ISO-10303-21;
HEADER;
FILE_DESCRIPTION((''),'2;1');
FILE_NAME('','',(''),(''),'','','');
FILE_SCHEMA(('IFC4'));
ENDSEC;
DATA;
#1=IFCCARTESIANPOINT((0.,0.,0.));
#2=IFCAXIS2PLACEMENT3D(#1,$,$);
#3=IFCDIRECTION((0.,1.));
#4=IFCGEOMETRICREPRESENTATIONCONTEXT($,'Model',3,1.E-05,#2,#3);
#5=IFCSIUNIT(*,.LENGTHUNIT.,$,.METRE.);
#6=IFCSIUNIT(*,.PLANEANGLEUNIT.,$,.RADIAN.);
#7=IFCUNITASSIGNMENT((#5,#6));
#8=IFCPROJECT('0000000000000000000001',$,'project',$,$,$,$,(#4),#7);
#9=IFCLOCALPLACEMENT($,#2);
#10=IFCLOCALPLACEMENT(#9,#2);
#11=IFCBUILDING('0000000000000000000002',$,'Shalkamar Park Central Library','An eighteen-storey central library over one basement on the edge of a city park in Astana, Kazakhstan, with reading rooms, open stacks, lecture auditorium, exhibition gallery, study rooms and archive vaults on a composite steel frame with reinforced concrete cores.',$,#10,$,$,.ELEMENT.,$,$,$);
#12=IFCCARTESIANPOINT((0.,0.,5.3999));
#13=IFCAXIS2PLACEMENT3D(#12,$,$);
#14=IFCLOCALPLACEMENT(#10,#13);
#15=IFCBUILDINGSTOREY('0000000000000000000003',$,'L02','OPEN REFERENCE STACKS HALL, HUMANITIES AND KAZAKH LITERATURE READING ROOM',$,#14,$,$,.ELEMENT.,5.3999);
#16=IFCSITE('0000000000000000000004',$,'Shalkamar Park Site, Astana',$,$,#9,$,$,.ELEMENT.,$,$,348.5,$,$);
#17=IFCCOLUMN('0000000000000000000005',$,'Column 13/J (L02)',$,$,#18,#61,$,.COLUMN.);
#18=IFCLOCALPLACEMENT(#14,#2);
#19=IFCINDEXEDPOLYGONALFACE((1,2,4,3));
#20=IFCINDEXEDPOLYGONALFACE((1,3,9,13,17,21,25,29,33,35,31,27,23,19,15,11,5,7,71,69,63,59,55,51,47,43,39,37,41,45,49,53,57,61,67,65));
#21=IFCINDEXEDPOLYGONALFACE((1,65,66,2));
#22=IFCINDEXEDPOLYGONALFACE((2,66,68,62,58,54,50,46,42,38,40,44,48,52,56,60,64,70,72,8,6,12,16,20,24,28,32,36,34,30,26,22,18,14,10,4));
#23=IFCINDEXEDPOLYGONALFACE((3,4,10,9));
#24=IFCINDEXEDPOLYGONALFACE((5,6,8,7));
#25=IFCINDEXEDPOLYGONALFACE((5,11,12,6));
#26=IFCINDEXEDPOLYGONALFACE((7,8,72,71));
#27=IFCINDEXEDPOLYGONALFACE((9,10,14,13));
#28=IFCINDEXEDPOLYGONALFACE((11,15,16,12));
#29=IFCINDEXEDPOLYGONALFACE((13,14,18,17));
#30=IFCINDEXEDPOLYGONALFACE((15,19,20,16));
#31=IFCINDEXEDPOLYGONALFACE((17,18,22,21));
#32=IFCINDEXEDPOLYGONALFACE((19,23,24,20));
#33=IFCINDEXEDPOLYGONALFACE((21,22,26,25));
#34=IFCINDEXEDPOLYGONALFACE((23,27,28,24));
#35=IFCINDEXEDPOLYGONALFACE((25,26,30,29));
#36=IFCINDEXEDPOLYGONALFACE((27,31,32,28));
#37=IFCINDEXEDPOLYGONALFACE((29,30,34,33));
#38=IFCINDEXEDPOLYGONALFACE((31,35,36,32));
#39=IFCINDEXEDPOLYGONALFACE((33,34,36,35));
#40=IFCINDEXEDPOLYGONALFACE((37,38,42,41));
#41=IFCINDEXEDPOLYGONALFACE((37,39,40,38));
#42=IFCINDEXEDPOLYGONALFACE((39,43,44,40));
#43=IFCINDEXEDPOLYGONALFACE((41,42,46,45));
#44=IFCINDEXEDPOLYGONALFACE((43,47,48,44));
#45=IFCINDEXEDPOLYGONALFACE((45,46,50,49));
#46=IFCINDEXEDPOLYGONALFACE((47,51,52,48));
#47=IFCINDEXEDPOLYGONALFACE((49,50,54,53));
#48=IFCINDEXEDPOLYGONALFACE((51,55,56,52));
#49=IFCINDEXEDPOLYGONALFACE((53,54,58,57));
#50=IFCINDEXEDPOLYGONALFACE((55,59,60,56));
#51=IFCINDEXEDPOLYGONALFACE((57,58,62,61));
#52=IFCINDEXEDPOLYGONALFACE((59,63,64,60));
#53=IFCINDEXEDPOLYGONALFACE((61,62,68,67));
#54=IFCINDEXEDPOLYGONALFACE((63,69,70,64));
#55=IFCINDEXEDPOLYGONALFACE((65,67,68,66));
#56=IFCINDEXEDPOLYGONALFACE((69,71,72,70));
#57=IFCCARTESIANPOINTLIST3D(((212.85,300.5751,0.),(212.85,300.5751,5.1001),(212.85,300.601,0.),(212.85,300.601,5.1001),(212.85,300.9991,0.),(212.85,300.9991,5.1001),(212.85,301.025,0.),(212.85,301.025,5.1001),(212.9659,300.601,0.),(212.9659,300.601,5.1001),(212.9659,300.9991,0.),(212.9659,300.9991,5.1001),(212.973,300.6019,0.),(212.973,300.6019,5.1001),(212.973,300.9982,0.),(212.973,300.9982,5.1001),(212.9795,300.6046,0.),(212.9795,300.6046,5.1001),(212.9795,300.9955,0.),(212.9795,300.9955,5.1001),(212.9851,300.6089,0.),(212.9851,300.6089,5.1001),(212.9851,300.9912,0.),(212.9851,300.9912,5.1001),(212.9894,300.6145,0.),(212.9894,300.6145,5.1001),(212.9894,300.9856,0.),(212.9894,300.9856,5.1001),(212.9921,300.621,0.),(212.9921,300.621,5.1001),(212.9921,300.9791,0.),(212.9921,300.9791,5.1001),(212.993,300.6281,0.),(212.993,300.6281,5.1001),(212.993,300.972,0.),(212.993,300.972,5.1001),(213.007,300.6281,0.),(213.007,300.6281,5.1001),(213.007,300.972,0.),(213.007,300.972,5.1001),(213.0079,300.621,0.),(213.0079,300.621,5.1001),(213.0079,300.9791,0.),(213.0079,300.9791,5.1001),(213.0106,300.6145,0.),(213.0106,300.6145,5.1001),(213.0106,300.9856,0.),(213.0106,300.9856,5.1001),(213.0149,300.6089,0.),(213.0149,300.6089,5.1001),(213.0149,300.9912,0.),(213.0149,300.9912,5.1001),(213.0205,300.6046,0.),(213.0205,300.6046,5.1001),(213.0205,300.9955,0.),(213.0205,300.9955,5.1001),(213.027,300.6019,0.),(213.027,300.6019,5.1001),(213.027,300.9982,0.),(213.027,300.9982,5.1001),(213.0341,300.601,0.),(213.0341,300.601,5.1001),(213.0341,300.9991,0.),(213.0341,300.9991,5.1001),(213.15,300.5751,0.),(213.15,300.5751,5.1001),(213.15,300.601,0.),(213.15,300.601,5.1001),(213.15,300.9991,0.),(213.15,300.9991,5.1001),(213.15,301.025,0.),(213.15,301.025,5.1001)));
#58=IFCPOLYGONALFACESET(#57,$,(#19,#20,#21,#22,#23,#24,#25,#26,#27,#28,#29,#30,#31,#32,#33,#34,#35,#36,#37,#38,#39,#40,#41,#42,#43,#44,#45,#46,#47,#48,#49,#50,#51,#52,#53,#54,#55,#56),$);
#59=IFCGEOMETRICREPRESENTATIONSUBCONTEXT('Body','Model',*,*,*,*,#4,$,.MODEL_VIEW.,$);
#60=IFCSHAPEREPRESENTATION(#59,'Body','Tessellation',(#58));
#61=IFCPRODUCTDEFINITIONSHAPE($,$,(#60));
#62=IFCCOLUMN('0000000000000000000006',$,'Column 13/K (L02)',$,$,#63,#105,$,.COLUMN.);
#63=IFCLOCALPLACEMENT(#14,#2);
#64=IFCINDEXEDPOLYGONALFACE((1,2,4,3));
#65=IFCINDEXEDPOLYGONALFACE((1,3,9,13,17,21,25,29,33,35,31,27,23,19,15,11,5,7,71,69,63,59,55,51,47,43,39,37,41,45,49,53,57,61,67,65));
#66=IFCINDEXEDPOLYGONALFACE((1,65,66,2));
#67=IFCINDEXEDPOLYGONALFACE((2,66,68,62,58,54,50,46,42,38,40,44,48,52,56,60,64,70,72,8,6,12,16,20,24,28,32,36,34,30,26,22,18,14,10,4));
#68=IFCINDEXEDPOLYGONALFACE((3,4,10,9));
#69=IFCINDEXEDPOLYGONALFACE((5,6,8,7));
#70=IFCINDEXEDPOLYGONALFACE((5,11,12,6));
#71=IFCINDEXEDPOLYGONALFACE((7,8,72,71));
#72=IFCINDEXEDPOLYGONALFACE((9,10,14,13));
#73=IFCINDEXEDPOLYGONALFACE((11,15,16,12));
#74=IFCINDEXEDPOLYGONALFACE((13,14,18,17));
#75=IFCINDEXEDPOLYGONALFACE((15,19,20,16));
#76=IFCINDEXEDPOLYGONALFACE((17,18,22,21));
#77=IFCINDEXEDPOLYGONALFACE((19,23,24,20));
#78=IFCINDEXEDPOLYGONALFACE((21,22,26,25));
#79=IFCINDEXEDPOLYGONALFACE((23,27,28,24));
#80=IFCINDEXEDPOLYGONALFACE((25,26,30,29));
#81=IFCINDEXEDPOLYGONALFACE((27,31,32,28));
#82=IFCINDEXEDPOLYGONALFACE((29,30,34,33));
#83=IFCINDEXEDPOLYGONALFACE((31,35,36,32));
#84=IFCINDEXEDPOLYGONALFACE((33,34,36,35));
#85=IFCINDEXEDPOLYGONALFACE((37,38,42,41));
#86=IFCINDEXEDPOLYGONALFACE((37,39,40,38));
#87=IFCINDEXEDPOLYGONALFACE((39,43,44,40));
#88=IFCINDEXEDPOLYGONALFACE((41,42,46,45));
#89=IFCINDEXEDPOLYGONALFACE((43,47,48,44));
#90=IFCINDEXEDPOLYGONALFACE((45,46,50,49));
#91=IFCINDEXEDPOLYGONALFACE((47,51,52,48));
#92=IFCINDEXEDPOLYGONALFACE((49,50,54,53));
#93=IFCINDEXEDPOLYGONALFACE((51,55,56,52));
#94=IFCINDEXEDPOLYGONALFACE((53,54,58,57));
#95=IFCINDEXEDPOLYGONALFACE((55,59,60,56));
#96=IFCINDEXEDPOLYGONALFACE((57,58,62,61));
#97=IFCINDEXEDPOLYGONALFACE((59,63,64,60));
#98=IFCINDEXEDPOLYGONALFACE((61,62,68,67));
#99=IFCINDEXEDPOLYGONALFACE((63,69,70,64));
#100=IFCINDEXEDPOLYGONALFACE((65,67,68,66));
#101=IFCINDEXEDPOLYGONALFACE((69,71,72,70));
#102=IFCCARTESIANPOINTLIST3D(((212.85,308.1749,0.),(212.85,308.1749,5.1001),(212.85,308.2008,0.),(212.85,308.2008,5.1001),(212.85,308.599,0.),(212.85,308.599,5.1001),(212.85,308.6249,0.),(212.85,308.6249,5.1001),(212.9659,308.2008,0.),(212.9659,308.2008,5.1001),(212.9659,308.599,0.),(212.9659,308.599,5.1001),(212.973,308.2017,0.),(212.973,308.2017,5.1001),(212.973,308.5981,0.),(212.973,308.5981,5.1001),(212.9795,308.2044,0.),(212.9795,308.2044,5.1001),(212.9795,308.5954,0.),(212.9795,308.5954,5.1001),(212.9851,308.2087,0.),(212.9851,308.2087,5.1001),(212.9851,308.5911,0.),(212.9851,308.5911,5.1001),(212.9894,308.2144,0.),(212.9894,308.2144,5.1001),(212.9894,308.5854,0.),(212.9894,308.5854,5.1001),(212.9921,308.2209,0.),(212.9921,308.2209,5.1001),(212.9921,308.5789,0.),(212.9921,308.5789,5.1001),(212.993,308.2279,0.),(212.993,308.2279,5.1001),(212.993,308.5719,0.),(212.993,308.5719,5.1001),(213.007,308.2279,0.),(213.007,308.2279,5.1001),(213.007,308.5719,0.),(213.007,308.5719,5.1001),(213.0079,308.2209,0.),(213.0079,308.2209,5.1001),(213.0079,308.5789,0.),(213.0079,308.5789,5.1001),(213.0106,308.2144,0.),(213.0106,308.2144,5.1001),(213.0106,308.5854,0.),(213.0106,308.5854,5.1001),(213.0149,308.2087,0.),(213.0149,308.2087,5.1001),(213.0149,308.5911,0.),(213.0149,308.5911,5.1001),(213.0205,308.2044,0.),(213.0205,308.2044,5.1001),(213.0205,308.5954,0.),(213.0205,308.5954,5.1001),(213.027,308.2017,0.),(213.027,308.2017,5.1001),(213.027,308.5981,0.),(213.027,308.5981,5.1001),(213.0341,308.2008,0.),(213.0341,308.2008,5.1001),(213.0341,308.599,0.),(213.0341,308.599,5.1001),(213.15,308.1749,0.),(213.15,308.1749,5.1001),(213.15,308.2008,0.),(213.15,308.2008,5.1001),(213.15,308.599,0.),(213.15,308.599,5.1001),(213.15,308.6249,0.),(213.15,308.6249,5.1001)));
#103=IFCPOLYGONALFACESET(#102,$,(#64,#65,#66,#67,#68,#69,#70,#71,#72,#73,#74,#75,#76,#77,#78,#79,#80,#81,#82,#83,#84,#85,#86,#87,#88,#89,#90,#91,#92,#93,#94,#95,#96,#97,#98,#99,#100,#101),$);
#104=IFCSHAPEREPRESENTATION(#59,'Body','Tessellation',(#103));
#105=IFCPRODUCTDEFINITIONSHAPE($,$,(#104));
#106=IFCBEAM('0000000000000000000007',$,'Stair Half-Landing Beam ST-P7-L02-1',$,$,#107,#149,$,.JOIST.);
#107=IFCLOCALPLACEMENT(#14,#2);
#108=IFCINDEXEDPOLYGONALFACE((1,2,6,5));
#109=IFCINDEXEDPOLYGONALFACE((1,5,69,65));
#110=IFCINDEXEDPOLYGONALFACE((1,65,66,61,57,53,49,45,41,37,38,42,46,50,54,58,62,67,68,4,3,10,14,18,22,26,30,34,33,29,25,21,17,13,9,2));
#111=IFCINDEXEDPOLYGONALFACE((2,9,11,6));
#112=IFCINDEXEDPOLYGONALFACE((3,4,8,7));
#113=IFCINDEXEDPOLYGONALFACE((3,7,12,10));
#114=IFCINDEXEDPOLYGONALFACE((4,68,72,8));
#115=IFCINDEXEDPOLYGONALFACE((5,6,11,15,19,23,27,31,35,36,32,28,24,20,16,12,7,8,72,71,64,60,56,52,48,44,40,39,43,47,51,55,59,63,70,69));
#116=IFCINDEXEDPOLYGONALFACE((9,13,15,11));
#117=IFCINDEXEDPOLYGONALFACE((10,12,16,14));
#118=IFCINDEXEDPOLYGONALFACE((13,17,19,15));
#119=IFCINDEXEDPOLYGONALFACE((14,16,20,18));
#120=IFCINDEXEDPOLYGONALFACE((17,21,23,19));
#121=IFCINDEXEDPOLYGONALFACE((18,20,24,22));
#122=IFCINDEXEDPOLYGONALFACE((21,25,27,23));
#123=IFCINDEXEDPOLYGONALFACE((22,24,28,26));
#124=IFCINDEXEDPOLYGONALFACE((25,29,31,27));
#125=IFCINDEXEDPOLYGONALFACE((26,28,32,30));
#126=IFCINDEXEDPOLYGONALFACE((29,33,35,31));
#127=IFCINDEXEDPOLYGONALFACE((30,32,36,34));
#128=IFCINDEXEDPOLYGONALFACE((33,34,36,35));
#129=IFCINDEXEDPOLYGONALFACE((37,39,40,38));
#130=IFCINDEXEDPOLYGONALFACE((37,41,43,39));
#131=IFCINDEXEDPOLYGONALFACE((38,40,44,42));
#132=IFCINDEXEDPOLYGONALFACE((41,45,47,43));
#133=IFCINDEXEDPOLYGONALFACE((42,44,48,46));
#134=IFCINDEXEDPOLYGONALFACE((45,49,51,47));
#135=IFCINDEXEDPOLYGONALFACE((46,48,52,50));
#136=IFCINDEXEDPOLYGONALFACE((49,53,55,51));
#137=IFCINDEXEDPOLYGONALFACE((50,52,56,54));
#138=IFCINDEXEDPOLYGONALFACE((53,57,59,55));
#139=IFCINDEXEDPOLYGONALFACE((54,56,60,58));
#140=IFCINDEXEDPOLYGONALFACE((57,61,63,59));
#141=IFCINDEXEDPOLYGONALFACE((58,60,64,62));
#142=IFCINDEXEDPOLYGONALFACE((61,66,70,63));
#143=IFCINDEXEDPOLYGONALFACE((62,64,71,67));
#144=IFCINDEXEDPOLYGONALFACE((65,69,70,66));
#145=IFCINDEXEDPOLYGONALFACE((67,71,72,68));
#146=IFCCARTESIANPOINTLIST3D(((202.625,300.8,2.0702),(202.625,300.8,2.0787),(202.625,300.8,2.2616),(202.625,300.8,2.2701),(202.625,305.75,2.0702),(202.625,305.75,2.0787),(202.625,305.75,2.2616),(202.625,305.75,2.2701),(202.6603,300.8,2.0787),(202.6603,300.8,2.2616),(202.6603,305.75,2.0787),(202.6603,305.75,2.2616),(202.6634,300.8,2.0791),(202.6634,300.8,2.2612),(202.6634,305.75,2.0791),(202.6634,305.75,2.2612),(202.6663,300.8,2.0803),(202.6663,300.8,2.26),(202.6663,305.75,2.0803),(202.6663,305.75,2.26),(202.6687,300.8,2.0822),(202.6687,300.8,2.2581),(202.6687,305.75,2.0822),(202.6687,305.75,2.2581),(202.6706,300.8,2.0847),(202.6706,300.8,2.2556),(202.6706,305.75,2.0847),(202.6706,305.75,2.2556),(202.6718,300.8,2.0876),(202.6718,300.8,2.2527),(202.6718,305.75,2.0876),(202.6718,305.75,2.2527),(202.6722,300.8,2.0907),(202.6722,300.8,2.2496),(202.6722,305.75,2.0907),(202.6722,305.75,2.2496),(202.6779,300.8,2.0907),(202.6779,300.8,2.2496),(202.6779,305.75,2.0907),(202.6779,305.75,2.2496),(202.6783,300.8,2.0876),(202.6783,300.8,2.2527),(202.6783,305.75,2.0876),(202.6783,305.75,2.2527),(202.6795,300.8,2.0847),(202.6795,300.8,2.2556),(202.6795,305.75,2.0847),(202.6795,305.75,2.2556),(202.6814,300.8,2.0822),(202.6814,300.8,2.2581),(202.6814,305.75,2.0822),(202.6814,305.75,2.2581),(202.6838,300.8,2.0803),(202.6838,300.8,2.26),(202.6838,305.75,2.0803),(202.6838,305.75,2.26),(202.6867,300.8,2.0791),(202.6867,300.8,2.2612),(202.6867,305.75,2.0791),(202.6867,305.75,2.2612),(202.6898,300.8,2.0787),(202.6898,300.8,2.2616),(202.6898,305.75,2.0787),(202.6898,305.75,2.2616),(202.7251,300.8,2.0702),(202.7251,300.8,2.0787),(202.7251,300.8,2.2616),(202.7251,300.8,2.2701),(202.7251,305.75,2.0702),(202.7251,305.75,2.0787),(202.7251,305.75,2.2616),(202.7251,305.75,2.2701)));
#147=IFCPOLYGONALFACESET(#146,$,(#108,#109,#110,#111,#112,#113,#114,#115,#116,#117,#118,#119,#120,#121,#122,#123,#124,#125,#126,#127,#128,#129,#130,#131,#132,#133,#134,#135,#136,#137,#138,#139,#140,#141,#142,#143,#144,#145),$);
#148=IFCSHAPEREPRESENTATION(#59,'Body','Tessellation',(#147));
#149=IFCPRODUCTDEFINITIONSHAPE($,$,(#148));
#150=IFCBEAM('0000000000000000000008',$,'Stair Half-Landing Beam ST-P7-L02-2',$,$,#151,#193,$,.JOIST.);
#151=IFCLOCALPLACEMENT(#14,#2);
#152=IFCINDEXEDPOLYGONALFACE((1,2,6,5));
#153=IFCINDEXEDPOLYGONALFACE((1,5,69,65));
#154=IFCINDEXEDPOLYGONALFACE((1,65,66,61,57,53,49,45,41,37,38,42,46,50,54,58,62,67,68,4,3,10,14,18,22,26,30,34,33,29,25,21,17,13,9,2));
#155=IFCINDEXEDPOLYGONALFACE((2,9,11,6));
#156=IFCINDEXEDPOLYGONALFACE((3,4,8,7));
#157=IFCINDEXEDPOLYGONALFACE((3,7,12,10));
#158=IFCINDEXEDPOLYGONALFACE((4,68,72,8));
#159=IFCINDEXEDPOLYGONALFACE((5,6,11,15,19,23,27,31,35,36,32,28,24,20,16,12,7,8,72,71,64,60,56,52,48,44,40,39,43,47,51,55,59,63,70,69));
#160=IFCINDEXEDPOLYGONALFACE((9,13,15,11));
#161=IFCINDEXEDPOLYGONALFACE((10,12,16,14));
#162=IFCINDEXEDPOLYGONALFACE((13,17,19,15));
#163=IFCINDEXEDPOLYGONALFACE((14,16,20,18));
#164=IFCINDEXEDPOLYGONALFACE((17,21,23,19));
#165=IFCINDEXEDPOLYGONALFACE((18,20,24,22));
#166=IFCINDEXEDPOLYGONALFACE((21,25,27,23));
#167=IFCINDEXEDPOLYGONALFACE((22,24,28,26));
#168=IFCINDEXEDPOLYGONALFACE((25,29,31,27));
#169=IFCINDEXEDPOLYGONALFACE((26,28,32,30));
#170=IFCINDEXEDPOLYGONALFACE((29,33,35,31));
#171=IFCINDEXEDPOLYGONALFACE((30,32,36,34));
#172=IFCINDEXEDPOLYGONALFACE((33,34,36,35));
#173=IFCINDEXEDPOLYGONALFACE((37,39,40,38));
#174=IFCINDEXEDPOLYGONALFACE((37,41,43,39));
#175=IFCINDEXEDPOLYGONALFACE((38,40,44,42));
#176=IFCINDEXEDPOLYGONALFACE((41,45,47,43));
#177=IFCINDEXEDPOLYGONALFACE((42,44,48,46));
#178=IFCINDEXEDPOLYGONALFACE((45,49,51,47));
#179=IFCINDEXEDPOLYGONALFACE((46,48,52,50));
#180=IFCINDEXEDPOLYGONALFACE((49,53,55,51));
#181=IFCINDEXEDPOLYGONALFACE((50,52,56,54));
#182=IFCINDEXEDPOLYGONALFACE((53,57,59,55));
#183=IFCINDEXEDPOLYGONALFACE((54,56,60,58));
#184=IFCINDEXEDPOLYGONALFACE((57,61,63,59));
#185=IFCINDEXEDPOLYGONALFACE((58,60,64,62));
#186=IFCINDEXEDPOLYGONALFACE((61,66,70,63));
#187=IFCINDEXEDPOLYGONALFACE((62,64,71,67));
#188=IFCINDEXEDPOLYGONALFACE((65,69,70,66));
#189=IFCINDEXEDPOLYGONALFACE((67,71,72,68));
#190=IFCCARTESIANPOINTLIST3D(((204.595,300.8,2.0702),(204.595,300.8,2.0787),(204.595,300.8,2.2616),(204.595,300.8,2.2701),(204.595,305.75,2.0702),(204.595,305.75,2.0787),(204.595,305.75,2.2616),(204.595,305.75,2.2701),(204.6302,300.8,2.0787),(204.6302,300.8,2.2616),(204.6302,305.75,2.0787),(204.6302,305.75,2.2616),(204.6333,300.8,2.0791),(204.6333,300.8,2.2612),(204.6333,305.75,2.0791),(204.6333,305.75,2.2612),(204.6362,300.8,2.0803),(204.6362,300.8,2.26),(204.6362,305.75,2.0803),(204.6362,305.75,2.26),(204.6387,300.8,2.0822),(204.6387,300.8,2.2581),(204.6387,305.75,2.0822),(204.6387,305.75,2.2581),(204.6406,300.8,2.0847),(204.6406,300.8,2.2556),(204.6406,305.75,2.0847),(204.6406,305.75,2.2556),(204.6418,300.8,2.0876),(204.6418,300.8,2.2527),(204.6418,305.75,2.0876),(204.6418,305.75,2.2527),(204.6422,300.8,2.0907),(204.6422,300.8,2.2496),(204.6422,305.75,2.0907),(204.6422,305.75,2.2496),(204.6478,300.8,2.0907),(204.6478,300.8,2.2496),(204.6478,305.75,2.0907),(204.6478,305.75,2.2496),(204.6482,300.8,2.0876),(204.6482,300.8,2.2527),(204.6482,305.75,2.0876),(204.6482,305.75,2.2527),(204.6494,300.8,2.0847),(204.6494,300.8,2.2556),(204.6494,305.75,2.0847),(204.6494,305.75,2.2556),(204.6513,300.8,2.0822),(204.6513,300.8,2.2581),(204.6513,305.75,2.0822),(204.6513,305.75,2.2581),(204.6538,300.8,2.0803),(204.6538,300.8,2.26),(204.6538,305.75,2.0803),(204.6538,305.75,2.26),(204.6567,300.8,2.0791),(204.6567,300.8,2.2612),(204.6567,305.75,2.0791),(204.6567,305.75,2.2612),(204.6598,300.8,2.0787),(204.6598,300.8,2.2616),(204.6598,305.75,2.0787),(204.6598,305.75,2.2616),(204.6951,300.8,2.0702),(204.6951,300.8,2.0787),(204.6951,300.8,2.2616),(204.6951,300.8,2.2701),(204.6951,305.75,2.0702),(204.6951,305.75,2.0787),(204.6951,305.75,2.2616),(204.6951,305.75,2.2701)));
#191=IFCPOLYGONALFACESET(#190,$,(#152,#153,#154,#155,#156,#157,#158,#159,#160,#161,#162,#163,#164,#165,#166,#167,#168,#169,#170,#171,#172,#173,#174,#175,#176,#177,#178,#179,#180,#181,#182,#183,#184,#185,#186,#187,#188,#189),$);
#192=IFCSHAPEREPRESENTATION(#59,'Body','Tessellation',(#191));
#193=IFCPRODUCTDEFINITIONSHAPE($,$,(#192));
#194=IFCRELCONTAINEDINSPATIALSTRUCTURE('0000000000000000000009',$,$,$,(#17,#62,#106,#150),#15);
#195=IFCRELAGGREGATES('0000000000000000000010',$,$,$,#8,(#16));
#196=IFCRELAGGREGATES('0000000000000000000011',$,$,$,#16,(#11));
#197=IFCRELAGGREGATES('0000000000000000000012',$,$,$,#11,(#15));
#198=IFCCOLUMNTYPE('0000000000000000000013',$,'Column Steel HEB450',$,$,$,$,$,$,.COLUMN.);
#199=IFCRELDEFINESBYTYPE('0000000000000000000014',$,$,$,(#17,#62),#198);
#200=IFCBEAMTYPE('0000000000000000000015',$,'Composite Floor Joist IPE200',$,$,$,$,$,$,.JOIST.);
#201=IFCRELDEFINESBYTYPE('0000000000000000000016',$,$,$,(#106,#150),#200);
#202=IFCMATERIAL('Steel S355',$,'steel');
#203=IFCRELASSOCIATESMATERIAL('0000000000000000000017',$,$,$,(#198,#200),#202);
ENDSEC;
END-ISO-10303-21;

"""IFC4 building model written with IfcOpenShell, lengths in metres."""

from ifc_helpers import new_model, si_unit, direction, frame, origin, origin_2d, place, context, subcontext, project, spatial, i_section, extrude, material, material_profile, profile_set, type_object, element, save


model = new_model("IFC4")

# Units and contexts
model_context = context("Model", 3, precision=1e-05, world=origin(), true_north=direction((0.0, 1.0)))
body_context = subcontext(model_context, "Body", "Model", "MODEL_VIEW")
ifc_project = project(units=[si_unit("LENGTHUNIT", "METRE"), si_unit("PLANEANGLEUNIT", "RADIAN")], contexts=[model_context])

# Site, building, storey
site_placement = place(None, origin())
site = spatial("IfcSite", under=ifc_project, at=site_placement, Name="Shalkamar Park Site, Astana", CompositionType="ELEMENT", RefElevation=348.5)
building_placement = place(site_placement, origin())
building = spatial("IfcBuilding", under=site, at=building_placement, Name="Shalkamar Park Central Library", Description="An eighteen-storey central library over one basement on the edge of a city park in Astana, Kazakhstan, with reading rooms, open stacks, lecture auditorium, exhibition gallery, study rooms and archive vaults on a composite steel frame with reinforced concrete cores.", CompositionType="ELEMENT")
storey_placement = place(building_placement, frame((0.0, 0.0, 5.3999)))
storey = spatial("IfcBuildingStorey", under=building, at=storey_placement, Name="L02", Description="OPEN REFERENCE STACKS HALL, HUMANITIES AND KAZAKH LITERATURE READING ROOM", CompositionType="ELEMENT", Elevation=5.3999)

# Columns
ifc_material_1 = material(Name="Steel S355", Category="steel")
ifc_material_profile_1 = material_profile(ifc_material_1, i_section(OverallWidth=0.3, OverallDepth=0.45, WebThickness=0.0139, FlangeThickness=0.0259, FilletRadius=0.0271, at=origin_2d()), Name="HEB 450")
ifc_profile_set_1 = profile_set([ifc_material_profile_1], Name="Steel S355")
column_type_1 = type_object("IfcColumnType", Name="Column Steel HEB450", PredefinedType="COLUMN", material=ifc_profile_set_1)
for number, where, z_axis, x_axis, name in (
    (1, (213.0, 300.8, 0.0), (0.0, 0.0, 1.0), (1.0, 0.0, 0.0), "Column 13/J (L02)"),
    (2, (213.0, 308.3999, 0.0), (0.0, 0.0, 1.0), (1.0, 0.0, 0.0), "Column 13/K (L02)"),
):
    element("IfcColumn", number, at=place(storey_placement, frame(where, z_axis=z_axis, x_axis=x_axis)), inside=storey, type_object=column_type_1, Name=name, PredefinedType="COLUMN", context=body_context, shape_type="SweptSolid", body=[
        extrude(i_section(OverallWidth=0.3, OverallDepth=0.45, WebThickness=0.0139, FlangeThickness=0.0259, FilletRadius=0.0271, at=origin_2d()), origin(), (0.0, 0.0, 1.0), 5.1001),
    ])

# Beams
ifc_material_profile_2 = material_profile(ifc_material_1, i_section(OverallWidth=0.1001, OverallDepth=0.2, WebThickness=0.0056, FlangeThickness=0.0085, FilletRadius=0.012, at=origin_2d()), Name="IPE 200")
ifc_profile_set_2 = profile_set([ifc_material_profile_2], Name="Steel S355")
beam_type_1 = type_object("IfcBeamType", Name="Composite Floor Joist IPE200", PredefinedType="JOIST", material=ifc_profile_set_2)
for number, where, z_axis, x_axis, name in (
    (3, (202.675, 300.8, 2.1702), (0.0, 1.0, 0.0), (-1.0, 0.0, 0.0), "Stair Half-Landing Beam ST-P7-L02-1"),
    (4, (204.645, 300.8, 2.1702), (0.0, 1.0, 0.0), (-1.0, 0.0, 0.0), "Stair Half-Landing Beam ST-P7-L02-2"),
):
    element("IfcBeam", number, at=place(storey_placement, frame(where, z_axis=z_axis, x_axis=x_axis)), inside=storey, type_object=beam_type_1, Name=name, PredefinedType="JOIST", context=body_context, shape_type="SweptSolid", body=[
        extrude(i_section(OverallWidth=0.1001, OverallDepth=0.2, WebThickness=0.0056, FlangeThickness=0.0085, FilletRadius=0.012, at=origin_2d()), origin(), (0.0, 0.0, 1.0), 4.95),
    ])

save(model, "model.ifc")
